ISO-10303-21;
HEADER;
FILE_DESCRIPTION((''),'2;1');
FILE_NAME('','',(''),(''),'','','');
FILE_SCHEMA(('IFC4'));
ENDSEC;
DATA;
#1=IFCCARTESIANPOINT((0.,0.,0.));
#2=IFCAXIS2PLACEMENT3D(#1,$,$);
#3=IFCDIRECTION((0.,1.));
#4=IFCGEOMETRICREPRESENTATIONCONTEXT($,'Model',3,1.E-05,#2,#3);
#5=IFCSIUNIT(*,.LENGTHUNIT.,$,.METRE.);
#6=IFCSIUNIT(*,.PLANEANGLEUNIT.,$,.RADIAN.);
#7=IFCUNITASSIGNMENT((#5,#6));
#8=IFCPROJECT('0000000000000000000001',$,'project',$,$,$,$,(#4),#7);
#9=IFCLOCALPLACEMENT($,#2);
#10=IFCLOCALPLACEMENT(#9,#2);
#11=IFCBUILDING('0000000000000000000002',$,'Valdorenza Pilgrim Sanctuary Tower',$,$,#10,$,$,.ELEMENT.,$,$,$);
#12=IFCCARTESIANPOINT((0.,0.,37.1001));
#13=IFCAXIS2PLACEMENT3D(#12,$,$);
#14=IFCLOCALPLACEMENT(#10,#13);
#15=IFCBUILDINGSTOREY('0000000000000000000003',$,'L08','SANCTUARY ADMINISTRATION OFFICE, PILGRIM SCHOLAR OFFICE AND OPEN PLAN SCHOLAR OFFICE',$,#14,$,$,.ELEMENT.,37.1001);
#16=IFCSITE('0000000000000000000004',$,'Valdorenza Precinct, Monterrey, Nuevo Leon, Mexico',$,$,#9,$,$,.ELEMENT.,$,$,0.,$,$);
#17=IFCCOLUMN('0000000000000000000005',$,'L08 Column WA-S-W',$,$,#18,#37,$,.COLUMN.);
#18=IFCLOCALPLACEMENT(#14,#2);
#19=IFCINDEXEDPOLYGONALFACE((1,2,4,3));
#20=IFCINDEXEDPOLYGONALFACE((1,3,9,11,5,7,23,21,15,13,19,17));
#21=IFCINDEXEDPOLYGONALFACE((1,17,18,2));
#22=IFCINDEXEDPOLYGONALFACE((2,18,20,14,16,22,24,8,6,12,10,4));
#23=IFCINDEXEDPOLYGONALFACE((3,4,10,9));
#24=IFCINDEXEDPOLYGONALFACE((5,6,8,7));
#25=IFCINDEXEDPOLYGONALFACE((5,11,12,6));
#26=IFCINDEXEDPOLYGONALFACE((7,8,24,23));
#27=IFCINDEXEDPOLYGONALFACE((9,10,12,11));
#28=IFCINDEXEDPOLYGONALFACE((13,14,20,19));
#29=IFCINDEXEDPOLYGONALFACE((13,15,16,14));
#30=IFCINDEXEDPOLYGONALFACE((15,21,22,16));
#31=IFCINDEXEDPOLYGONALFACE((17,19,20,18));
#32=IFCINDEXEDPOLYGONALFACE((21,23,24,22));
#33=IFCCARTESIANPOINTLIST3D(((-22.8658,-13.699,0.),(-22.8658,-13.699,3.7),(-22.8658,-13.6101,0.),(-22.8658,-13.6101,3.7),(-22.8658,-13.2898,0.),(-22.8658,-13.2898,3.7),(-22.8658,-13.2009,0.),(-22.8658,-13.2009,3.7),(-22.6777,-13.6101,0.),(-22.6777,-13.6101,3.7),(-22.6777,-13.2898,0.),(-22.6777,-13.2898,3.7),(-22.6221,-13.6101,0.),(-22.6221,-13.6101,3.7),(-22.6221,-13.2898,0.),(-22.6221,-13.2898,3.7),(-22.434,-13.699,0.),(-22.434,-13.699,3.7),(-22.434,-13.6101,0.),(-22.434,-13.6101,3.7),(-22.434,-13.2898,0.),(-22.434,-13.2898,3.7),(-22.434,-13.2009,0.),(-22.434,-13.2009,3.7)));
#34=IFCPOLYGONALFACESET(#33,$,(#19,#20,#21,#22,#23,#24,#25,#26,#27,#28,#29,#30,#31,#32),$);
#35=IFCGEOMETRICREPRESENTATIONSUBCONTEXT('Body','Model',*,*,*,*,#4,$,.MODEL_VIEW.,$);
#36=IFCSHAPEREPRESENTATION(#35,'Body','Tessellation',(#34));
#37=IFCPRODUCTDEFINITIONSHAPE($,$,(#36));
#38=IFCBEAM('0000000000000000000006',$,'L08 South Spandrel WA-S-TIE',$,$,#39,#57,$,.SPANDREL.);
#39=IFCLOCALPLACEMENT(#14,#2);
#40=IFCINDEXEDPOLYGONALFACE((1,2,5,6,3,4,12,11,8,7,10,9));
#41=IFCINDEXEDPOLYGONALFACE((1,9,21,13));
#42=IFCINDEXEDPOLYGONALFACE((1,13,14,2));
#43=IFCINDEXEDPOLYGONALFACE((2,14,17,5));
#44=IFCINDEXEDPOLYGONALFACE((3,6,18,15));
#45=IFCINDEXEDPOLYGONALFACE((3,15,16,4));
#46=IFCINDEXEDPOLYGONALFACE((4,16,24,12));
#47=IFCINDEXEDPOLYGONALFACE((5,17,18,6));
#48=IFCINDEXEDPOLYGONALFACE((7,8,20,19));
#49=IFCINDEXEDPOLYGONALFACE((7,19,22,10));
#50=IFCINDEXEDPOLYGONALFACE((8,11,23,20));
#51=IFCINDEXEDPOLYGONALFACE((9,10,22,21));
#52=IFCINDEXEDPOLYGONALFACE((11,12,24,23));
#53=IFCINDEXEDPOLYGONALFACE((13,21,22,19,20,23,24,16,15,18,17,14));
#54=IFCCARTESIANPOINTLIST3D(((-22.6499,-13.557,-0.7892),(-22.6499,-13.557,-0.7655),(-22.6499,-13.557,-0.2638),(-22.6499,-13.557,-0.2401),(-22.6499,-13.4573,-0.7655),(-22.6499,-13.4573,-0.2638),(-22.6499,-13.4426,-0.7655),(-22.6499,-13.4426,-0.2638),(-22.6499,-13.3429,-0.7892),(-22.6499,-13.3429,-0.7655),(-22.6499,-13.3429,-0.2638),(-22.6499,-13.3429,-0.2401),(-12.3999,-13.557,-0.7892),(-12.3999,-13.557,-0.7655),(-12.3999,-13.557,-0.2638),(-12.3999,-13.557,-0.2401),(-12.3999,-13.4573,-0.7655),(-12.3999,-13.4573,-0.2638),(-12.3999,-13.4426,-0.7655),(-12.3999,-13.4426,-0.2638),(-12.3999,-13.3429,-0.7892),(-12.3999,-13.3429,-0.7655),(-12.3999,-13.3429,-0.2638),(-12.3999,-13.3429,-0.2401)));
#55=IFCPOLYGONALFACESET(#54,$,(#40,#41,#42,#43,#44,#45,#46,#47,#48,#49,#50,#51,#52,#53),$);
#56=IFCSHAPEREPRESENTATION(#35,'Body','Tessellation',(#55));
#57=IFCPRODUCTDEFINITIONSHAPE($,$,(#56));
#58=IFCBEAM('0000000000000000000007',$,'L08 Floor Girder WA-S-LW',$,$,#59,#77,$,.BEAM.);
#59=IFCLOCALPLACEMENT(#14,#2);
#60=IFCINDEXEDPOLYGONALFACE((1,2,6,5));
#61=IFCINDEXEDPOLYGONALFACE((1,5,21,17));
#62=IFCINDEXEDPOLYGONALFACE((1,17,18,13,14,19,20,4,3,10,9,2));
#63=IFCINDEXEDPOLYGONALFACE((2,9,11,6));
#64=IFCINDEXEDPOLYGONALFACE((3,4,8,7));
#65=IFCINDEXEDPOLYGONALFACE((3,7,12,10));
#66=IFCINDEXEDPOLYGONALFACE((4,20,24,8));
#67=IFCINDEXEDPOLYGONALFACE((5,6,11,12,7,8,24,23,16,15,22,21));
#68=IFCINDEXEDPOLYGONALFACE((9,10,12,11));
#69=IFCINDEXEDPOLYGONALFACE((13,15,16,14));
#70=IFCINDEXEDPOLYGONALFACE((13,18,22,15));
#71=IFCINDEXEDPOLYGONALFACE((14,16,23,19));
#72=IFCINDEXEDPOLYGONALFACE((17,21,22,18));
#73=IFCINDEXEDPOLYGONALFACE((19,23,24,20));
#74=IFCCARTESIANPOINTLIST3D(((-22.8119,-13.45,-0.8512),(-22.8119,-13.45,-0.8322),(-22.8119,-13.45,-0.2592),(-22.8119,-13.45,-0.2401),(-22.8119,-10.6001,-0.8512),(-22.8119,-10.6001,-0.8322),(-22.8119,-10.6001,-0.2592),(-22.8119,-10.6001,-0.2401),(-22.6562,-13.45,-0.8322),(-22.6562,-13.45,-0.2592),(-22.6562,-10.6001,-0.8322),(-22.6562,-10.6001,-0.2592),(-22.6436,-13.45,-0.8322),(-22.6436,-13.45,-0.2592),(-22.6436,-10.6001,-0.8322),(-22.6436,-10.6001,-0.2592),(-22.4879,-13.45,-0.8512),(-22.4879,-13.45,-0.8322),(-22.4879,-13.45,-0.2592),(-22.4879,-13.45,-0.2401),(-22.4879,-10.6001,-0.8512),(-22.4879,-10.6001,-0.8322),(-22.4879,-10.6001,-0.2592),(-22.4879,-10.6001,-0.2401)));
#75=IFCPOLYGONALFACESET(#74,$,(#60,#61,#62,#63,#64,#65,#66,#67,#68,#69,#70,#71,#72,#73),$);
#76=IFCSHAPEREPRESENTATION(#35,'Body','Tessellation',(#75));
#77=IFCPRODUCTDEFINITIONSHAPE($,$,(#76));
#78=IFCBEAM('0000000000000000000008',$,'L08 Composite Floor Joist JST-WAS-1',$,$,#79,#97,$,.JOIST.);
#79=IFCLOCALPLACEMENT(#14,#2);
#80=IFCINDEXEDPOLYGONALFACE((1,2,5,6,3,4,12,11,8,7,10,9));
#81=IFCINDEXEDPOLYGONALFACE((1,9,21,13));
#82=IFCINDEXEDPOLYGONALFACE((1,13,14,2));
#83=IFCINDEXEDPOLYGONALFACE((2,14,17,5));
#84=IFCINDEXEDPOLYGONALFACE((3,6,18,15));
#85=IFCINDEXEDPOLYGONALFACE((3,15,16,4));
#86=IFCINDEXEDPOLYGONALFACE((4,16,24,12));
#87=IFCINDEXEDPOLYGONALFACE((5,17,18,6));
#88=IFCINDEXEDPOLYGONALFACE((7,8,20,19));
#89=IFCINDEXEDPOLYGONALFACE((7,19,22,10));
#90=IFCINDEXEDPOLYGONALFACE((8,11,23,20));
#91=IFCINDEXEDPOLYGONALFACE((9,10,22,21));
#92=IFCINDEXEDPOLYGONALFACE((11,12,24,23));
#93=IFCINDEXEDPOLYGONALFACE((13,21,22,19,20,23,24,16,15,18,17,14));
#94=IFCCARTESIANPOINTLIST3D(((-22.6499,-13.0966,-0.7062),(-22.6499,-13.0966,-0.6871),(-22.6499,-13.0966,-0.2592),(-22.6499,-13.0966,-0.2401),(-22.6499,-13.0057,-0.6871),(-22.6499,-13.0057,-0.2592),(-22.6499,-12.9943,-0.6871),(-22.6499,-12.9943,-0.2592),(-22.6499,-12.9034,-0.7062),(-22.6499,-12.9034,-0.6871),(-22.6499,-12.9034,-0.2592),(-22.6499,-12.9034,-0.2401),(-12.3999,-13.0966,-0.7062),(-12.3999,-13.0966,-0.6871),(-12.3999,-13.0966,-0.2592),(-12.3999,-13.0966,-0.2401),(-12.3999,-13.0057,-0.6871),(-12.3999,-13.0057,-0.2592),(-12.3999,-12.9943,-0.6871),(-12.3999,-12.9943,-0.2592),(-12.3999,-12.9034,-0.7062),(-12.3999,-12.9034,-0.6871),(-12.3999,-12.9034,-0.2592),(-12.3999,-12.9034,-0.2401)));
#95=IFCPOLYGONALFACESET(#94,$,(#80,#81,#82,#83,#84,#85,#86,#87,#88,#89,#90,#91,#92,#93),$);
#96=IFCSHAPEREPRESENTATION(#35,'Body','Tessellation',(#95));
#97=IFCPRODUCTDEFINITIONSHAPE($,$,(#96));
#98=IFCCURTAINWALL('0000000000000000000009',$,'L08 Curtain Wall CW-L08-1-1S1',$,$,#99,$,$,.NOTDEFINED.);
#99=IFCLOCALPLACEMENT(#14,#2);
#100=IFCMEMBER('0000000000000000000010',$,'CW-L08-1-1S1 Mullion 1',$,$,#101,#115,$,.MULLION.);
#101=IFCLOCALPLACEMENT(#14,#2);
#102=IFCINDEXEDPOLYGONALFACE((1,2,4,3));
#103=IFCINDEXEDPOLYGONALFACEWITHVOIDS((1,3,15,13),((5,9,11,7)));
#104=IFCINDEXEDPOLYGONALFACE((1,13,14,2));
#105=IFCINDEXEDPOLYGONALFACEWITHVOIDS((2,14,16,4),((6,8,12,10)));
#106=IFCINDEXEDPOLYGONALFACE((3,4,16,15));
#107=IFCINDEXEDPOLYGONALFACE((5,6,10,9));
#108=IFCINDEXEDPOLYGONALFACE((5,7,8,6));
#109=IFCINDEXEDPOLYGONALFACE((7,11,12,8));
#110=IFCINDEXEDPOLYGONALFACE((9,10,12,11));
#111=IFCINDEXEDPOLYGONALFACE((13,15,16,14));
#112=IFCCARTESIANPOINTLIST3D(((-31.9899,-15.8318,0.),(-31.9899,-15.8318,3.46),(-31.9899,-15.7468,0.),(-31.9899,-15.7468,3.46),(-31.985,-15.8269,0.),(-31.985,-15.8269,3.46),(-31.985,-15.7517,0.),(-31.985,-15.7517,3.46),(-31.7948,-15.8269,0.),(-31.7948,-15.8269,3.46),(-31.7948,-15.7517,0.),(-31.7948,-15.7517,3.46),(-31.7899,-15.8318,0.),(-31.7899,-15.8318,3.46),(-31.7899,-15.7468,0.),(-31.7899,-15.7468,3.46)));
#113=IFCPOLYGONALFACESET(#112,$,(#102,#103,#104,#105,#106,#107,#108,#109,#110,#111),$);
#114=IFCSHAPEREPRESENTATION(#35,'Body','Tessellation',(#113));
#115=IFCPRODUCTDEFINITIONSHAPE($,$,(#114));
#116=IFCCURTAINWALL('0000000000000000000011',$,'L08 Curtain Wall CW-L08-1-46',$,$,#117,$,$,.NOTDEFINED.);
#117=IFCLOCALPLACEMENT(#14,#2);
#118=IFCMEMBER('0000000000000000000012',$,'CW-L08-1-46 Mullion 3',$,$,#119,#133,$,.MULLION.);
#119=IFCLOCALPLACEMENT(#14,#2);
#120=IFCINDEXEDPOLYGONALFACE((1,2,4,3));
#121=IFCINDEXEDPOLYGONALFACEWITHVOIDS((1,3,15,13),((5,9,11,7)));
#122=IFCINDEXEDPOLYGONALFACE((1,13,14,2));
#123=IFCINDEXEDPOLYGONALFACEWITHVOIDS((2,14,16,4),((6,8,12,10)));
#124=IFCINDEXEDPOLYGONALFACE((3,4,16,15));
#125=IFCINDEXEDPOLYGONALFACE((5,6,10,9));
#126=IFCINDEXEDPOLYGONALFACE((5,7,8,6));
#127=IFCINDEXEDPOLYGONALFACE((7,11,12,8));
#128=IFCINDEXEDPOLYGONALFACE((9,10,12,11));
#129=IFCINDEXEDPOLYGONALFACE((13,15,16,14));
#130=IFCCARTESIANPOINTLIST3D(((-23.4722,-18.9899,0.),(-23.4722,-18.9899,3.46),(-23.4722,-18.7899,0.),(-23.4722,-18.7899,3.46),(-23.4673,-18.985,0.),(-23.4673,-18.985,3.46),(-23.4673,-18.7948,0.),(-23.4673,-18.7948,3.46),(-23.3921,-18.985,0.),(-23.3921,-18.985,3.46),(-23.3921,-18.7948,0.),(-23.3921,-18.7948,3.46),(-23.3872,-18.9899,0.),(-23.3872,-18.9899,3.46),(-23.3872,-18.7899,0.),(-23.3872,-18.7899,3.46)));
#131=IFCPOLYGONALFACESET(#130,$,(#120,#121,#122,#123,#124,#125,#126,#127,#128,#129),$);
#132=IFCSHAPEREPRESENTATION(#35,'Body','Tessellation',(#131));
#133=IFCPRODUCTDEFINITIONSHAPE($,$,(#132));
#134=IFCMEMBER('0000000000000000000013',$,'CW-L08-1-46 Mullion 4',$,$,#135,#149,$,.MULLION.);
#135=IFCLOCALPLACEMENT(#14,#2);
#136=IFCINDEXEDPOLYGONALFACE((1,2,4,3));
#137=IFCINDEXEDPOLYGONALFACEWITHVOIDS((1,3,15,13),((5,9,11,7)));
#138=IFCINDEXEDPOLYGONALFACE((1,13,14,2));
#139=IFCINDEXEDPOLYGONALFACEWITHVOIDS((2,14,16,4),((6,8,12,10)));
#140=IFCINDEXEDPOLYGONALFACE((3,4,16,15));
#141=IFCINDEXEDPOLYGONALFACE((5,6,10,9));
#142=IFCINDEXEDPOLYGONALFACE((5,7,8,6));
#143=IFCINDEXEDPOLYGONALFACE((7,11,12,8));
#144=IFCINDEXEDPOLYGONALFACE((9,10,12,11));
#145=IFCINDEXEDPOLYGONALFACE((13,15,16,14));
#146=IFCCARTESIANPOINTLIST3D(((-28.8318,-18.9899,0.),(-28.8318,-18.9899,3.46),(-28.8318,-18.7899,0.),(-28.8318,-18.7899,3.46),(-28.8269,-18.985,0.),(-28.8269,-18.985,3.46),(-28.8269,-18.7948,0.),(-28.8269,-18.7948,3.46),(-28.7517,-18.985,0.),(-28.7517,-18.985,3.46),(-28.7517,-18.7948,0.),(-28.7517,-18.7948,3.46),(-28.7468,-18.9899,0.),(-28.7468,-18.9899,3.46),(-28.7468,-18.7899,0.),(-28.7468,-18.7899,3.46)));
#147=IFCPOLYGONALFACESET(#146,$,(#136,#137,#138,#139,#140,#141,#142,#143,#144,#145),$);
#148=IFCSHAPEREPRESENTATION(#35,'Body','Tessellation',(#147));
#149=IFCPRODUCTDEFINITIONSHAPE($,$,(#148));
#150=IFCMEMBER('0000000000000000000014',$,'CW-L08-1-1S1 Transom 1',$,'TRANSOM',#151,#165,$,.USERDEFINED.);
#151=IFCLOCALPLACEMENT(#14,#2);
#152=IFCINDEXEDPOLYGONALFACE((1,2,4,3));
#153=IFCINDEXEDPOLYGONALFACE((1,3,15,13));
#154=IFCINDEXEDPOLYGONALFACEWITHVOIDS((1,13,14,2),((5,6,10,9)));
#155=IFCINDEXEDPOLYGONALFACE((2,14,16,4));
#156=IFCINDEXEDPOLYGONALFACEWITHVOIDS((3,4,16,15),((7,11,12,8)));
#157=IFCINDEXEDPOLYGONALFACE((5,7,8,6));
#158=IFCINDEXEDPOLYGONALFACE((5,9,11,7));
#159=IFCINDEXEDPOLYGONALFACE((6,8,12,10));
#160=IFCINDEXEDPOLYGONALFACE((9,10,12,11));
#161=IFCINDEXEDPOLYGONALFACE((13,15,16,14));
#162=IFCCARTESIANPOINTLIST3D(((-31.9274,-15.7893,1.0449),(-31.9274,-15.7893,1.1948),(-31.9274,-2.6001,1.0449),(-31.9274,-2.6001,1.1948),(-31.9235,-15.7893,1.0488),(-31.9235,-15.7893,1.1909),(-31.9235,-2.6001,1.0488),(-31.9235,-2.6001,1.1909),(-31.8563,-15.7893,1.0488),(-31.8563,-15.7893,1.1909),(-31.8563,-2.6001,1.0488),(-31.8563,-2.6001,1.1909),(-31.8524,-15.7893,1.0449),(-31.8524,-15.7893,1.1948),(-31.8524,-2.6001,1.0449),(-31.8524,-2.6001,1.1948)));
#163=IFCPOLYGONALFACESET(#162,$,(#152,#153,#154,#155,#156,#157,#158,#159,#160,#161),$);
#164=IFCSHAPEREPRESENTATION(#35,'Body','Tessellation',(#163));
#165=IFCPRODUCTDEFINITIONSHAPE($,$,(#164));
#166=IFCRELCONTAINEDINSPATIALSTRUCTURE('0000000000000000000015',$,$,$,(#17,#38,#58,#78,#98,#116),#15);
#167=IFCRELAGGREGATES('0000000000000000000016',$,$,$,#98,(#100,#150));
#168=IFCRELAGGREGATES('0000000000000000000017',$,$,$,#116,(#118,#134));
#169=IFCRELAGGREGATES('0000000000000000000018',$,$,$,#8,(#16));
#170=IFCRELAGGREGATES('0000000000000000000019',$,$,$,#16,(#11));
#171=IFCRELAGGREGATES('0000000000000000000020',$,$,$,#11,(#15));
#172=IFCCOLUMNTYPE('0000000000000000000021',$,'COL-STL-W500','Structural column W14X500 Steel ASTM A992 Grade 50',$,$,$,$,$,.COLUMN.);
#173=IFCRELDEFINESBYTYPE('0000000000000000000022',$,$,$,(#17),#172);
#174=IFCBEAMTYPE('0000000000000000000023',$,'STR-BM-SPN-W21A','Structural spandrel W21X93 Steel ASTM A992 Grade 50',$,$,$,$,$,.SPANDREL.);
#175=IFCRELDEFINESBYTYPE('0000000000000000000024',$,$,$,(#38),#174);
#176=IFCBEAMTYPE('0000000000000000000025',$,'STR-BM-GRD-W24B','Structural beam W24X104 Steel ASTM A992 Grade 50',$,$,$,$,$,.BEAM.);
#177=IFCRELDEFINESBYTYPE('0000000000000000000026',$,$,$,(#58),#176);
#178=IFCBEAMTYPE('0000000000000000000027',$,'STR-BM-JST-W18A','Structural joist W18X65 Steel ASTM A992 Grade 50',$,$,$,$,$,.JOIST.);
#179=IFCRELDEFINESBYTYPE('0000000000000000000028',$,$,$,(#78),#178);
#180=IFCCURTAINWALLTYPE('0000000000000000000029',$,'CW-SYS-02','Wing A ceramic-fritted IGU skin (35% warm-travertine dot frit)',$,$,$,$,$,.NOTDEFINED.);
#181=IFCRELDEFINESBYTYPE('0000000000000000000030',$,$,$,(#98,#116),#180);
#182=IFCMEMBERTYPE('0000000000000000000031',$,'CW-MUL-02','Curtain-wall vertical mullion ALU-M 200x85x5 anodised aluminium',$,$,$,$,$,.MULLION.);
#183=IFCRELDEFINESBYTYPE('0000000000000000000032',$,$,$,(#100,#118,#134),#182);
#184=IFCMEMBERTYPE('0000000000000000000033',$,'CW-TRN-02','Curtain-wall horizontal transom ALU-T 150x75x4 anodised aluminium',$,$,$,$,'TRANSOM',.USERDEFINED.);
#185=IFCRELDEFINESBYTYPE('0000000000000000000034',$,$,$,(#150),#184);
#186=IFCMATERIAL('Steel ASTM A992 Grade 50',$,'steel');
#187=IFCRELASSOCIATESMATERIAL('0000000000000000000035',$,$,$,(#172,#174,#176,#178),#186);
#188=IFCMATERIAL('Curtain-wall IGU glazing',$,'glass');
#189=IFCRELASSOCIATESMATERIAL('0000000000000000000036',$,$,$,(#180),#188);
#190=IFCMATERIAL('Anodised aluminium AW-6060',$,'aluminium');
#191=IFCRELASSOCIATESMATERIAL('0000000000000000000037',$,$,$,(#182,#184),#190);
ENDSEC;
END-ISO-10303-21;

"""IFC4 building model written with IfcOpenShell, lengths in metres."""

from ifc_helpers import new_model, si_unit, direction, frame, origin, origin_2d, place, context, subcontext, project, spatial, hollow_rectangle, i_section, extrude, source, transform, mapped, material, material_profile, profile_set, type_object, element, aggregate, save


model = new_model("IFC4")

# Units and contexts
model_context = context("Model", 3, precision=1e-05, world=origin(), true_north=direction((0.0, 1.0)))
body_context = subcontext(model_context, "Body", "Model", "MODEL_VIEW")
ifc_project = project(units=[si_unit("LENGTHUNIT", "METRE"), si_unit("PLANEANGLEUNIT", "RADIAN")], contexts=[model_context])

# Site, building, storey
site_placement = place(None, origin())
site = spatial("IfcSite", under=ifc_project, at=site_placement, Name="Valdorenza Precinct, Monterrey, Nuevo Leon, Mexico", CompositionType="ELEMENT", RefElevation=0.0)
building_placement = place(site_placement, origin())
building = spatial("IfcBuilding", under=site, at=building_placement, Name="Valdorenza Pilgrim Sanctuary Tower", CompositionType="ELEMENT")
storey_placement = place(building_placement, frame((0.0, 0.0, 37.1001)))
storey = spatial("IfcBuildingStorey", under=building, at=storey_placement, Name="L08", Description="SANCTUARY ADMINISTRATION OFFICE, PILGRIM SCHOLAR OFFICE AND OPEN PLAN SCHOLAR OFFICE", CompositionType="ELEMENT", Elevation=37.1001)

# Column
ifc_material_1 = material(Name="Steel ASTM A992 Grade 50", Category="steel")
ifc_material_profile_1 = material_profile(ifc_material_1, i_section(OverallWidth=0.4319, OverallDepth=0.498, WebThickness=0.0557, FlangeThickness=0.0889, at=origin_2d()), Name="W14X500")
ifc_profile_set_1 = profile_set([ifc_material_profile_1], Name="Steel ASTM A992 Grade 50")
column_type = type_object("IfcColumnType", Name="COL-STL-W500", Description="Structural column W14X500 Steel ASTM A992 Grade 50", PredefinedType="COLUMN", material=ifc_profile_set_1)
shared_shape_1 = source(origin(), body_context, "Body", "SweptSolid", [
    extrude(i_section(OverallWidth=0.4319, OverallDepth=0.498, WebThickness=0.0557, FlangeThickness=0.0889, at=origin_2d()), origin(), (0.0, 0.0, 1.0), 3.7),
])
column_placement = place(storey_placement, frame((-22.6499, -13.45, 0.0), z_axis=(0.0, 0.0, 1.0), x_axis=(1.0, 0.0, 0.0)))
element("IfcColumn", 1, at=column_placement, inside=storey, type_object=column_type, Name="L08 Column WA-S-W", PredefinedType="COLUMN", context=body_context, shape_type="MappedRepresentation", body=[
    mapped(shared_shape_1, transform((0.0, 0.0, 0.0), x_axis=(1.0, 0.0, 0.0), y_axis=(0.0, 1.0, 0.0), z_axis=(0.0, 0.0, 1.0), scale=1.0)),
])

# Beams
ifc_material_profile_2 = material_profile(ifc_material_1, i_section(OverallWidth=0.2141, OverallDepth=0.5491, WebThickness=0.0146, FlangeThickness=0.0237, at=origin_2d()), Name="W21X93")
ifc_profile_set_2 = profile_set([ifc_material_profile_2], Name="Steel ASTM A992 Grade 50")
beam_type_1 = type_object("IfcBeamType", Name="STR-BM-SPN-W21A", Description="Structural spandrel W21X93 Steel ASTM A992 Grade 50", PredefinedType="SPANDREL", material=ifc_profile_set_2)
shared_shape_2 = source(origin(), body_context, "Body", "SweptSolid", [
    extrude(i_section(OverallWidth=0.2141, OverallDepth=0.5491, WebThickness=0.0146, FlangeThickness=0.0237, at=origin_2d()), origin(), (0.0, 0.0, 1.0), 10.25),
])
beam_1_placement = place(storey_placement, frame((-22.6499, -13.45, -0.5146), z_axis=(1.0, 0.0, 0.0), x_axis=(0.0, 1.0, 0.0)))
element("IfcBeam", 2, at=beam_1_placement, inside=storey, type_object=beam_type_1, Name="L08 South Spandrel WA-S-TIE", PredefinedType="SPANDREL", context=body_context, shape_type="MappedRepresentation", body=[
    mapped(shared_shape_2, transform((0.0, 0.0, 0.0), x_axis=(1.0, 0.0, 0.0), y_axis=(0.0, 1.0, 0.0), z_axis=(0.0, 0.0, 1.0), scale=1.0)),
])
ifc_material_profile_3 = material_profile(ifc_material_1, i_section(OverallWidth=0.324, OverallDepth=0.6111, WebThickness=0.0127, FlangeThickness=0.019, at=origin_2d()), Name="W24X104")
ifc_profile_set_3 = profile_set([ifc_material_profile_3], Name="Steel ASTM A992 Grade 50")
beam_type_2 = type_object("IfcBeamType", Name="STR-BM-GRD-W24B", Description="Structural beam W24X104 Steel ASTM A992 Grade 50", PredefinedType="BEAM", material=ifc_profile_set_3)
shared_shape_3 = source(origin(), body_context, "Body", "SweptSolid", [
    extrude(i_section(OverallWidth=0.324, OverallDepth=0.6111, WebThickness=0.0127, FlangeThickness=0.019, at=origin_2d()), origin(), (0.0, 0.0, 1.0), 2.8499),
])
beam_2_placement = place(storey_placement, frame((-22.6499, -13.45, -0.5457), z_axis=(0.0, 1.0, 0.0), x_axis=(-1.0, 0.0, 0.0)))
element("IfcBeam", 3, at=beam_2_placement, inside=storey, type_object=beam_type_2, Name="L08 Floor Girder WA-S-LW", PredefinedType="BEAM", context=body_context, shape_type="MappedRepresentation", body=[
    mapped(shared_shape_3, transform((0.0, 0.0, 0.0), x_axis=(1.0, 0.0, 0.0), y_axis=(0.0, 1.0, 0.0), z_axis=(0.0, 0.0, 1.0), scale=1.0)),
])
ifc_material_profile_4 = material_profile(ifc_material_1, i_section(OverallWidth=0.1931, OverallDepth=0.4661, WebThickness=0.0115, FlangeThickness=0.019, at=origin_2d()), Name="W18X65")
ifc_profile_set_4 = profile_set([ifc_material_profile_4], Name="Steel ASTM A992 Grade 50")
beam_type_3 = type_object("IfcBeamType", Name="STR-BM-JST-W18A", Description="Structural joist W18X65 Steel ASTM A992 Grade 50", PredefinedType="JOIST", material=ifc_profile_set_4)
shared_shape_4 = source(origin(), body_context, "Body", "SweptSolid", [
    extrude(i_section(OverallWidth=0.1931, OverallDepth=0.4661, WebThickness=0.0115, FlangeThickness=0.019, at=origin_2d()), origin(), (0.0, 0.0, 1.0), 10.25),
])
beam_3_placement = place(storey_placement, frame((-22.6499, -13.0, -0.4731), z_axis=(1.0, 0.0, 0.0), x_axis=(0.0, 1.0, 0.0)))
element("IfcBeam", 4, at=beam_3_placement, inside=storey, type_object=beam_type_3, Name="L08 Composite Floor Joist JST-WAS-1", PredefinedType="JOIST", context=body_context, shape_type="MappedRepresentation", body=[
    mapped(shared_shape_4, transform((0.0, 0.0, 0.0), x_axis=(1.0, 0.0, 0.0), y_axis=(0.0, 1.0, 0.0), z_axis=(0.0, 0.0, 1.0), scale=1.0)),
])

# Curtain wall, member
ifc_material_2 = material(Name="Curtain-wall IGU glazing", Category="glass")
curtain_wall_type = type_object("IfcCurtainWallType", Name="CW-SYS-02", Description="Wing A ceramic-fritted IGU skin (35% warm-travertine dot frit)", PredefinedType="NOTDEFINED", material=ifc_material_2)
curtain_wall_1_placement = place(storey_placement, origin())
curtain_wall_1 = element("IfcCurtainWall", 5, at=curtain_wall_1_placement, inside=storey, type_object=curtain_wall_type, Name="L08 Curtain Wall CW-L08-1-1S1", PredefinedType="NOTDEFINED")
ifc_material_3 = material(Name="Anodised aluminium AW-6060", Category="aluminium")
ifc_material_profile_5 = material_profile(ifc_material_3, hollow_rectangle(XDim=0.085, YDim=0.2, WallThickness=0.0049, at=origin_2d()), Name="ALU-M 200x85x5")
ifc_profile_set_5 = profile_set([ifc_material_profile_5], Name="Anodised aluminium AW-6060")
member_type_1 = type_object("IfcMemberType", Name="CW-MUL-02", Description="Curtain-wall vertical mullion ALU-M 200x85x5 anodised aluminium", PredefinedType="MULLION", material=ifc_profile_set_5)
shared_shape_5 = source(origin(), body_context, "Body", "SweptSolid", [
    extrude(hollow_rectangle(XDim=0.085, YDim=0.2, WallThickness=0.0049, at=origin_2d()), origin(), (0.0, 0.0, 1.0), 3.46),
])
member_1_placement = place(storey_placement, frame((-31.8899, -15.7893, 0.0), z_axis=(0.0, 0.0, 1.0), x_axis=(0.0, 1.0, 0.0)))
member_1 = element("IfcMember", 6, at=member_1_placement, type_object=member_type_1, Name="CW-L08-1-1S1 Mullion 1", PredefinedType="MULLION", context=body_context, shape_type="MappedRepresentation", body=[
    mapped(shared_shape_5, transform((0.0, 0.0, 0.0), x_axis=(1.0, 0.0, 0.0), y_axis=(0.0, 1.0, 0.0), z_axis=(0.0, 0.0, 1.0), scale=1.0)),
])

# Curtain wall, members
curtain_wall_2_placement = place(storey_placement, origin())
curtain_wall_2 = element("IfcCurtainWall", 7, at=curtain_wall_2_placement, inside=storey, type_object=curtain_wall_type, Name="L08 Curtain Wall CW-L08-1-46", PredefinedType="NOTDEFINED")
member_2_placement = place(storey_placement, frame((-23.4297, -18.8899, 0.0), z_axis=(0.0, 0.0, 1.0), x_axis=(-1.0, 0.0, 0.0)))
member_2 = element("IfcMember", 8, at=member_2_placement, type_object=member_type_1, Name="CW-L08-1-46 Mullion 3", PredefinedType="MULLION", context=body_context, shape_type="MappedRepresentation", body=[
    mapped(shared_shape_5, transform((0.0, 0.0, 0.0), x_axis=(1.0, 0.0, 0.0), y_axis=(0.0, 1.0, 0.0), z_axis=(0.0, 0.0, 1.0), scale=1.0)),
])
member_3_placement = place(storey_placement, frame((-28.7893, -18.8899, 0.0), z_axis=(0.0, 0.0, 1.0), x_axis=(-1.0, 0.0, 0.0)))
member_3 = element("IfcMember", 9, at=member_3_placement, type_object=member_type_1, Name="CW-L08-1-46 Mullion 4", PredefinedType="MULLION", context=body_context, shape_type="MappedRepresentation", body=[
    mapped(shared_shape_5, transform((0.0, 0.0, 0.0), x_axis=(1.0, 0.0, 0.0), y_axis=(0.0, 1.0, 0.0), z_axis=(0.0, 0.0, 1.0), scale=1.0)),
])

# Member
ifc_material_profile_6 = material_profile(ifc_material_3, hollow_rectangle(XDim=0.075, YDim=0.1499, WallThickness=0.0039, at=origin_2d()), Name="ALU-T 150x75x4")
ifc_profile_set_6 = profile_set([ifc_material_profile_6], Name="Anodised aluminium AW-6060")
member_type_2 = type_object("IfcMemberType", Name="CW-TRN-02", Description="Curtain-wall horizontal transom ALU-T 150x75x4 anodised aluminium", ElementType="TRANSOM", PredefinedType="USERDEFINED", material=ifc_profile_set_6)
shared_shape_6 = source(origin(), body_context, "Body", "SweptSolid", [
    extrude(hollow_rectangle(XDim=0.075, YDim=0.1499, WallThickness=0.0039, at=origin_2d()), origin(), (0.0, 0.0, 1.0), 13.1892),
])
member_4_placement = place(storey_placement, frame((-31.8899, -15.7893, 1.1199), z_axis=(0.0, 1.0, 0.0), x_axis=(-1.0, 0.0, 0.0)))
member_4 = element("IfcMember", 10, at=member_4_placement, type_object=member_type_2, Name="CW-L08-1-1S1 Transom 1", ObjectType="TRANSOM", PredefinedType="USERDEFINED", context=body_context, shape_type="MappedRepresentation", body=[
    mapped(shared_shape_6, transform((0.0, 0.0, 0.0), x_axis=(1.0, 0.0, 0.0), y_axis=(0.0, 1.0, 0.0), z_axis=(0.0, 0.0, 1.0), scale=1.0)),
])
aggregate(curtain_wall_1, [member_1, member_4])

aggregate(curtain_wall_2, [member_2, member_3])

save(model, "model.ifc")
